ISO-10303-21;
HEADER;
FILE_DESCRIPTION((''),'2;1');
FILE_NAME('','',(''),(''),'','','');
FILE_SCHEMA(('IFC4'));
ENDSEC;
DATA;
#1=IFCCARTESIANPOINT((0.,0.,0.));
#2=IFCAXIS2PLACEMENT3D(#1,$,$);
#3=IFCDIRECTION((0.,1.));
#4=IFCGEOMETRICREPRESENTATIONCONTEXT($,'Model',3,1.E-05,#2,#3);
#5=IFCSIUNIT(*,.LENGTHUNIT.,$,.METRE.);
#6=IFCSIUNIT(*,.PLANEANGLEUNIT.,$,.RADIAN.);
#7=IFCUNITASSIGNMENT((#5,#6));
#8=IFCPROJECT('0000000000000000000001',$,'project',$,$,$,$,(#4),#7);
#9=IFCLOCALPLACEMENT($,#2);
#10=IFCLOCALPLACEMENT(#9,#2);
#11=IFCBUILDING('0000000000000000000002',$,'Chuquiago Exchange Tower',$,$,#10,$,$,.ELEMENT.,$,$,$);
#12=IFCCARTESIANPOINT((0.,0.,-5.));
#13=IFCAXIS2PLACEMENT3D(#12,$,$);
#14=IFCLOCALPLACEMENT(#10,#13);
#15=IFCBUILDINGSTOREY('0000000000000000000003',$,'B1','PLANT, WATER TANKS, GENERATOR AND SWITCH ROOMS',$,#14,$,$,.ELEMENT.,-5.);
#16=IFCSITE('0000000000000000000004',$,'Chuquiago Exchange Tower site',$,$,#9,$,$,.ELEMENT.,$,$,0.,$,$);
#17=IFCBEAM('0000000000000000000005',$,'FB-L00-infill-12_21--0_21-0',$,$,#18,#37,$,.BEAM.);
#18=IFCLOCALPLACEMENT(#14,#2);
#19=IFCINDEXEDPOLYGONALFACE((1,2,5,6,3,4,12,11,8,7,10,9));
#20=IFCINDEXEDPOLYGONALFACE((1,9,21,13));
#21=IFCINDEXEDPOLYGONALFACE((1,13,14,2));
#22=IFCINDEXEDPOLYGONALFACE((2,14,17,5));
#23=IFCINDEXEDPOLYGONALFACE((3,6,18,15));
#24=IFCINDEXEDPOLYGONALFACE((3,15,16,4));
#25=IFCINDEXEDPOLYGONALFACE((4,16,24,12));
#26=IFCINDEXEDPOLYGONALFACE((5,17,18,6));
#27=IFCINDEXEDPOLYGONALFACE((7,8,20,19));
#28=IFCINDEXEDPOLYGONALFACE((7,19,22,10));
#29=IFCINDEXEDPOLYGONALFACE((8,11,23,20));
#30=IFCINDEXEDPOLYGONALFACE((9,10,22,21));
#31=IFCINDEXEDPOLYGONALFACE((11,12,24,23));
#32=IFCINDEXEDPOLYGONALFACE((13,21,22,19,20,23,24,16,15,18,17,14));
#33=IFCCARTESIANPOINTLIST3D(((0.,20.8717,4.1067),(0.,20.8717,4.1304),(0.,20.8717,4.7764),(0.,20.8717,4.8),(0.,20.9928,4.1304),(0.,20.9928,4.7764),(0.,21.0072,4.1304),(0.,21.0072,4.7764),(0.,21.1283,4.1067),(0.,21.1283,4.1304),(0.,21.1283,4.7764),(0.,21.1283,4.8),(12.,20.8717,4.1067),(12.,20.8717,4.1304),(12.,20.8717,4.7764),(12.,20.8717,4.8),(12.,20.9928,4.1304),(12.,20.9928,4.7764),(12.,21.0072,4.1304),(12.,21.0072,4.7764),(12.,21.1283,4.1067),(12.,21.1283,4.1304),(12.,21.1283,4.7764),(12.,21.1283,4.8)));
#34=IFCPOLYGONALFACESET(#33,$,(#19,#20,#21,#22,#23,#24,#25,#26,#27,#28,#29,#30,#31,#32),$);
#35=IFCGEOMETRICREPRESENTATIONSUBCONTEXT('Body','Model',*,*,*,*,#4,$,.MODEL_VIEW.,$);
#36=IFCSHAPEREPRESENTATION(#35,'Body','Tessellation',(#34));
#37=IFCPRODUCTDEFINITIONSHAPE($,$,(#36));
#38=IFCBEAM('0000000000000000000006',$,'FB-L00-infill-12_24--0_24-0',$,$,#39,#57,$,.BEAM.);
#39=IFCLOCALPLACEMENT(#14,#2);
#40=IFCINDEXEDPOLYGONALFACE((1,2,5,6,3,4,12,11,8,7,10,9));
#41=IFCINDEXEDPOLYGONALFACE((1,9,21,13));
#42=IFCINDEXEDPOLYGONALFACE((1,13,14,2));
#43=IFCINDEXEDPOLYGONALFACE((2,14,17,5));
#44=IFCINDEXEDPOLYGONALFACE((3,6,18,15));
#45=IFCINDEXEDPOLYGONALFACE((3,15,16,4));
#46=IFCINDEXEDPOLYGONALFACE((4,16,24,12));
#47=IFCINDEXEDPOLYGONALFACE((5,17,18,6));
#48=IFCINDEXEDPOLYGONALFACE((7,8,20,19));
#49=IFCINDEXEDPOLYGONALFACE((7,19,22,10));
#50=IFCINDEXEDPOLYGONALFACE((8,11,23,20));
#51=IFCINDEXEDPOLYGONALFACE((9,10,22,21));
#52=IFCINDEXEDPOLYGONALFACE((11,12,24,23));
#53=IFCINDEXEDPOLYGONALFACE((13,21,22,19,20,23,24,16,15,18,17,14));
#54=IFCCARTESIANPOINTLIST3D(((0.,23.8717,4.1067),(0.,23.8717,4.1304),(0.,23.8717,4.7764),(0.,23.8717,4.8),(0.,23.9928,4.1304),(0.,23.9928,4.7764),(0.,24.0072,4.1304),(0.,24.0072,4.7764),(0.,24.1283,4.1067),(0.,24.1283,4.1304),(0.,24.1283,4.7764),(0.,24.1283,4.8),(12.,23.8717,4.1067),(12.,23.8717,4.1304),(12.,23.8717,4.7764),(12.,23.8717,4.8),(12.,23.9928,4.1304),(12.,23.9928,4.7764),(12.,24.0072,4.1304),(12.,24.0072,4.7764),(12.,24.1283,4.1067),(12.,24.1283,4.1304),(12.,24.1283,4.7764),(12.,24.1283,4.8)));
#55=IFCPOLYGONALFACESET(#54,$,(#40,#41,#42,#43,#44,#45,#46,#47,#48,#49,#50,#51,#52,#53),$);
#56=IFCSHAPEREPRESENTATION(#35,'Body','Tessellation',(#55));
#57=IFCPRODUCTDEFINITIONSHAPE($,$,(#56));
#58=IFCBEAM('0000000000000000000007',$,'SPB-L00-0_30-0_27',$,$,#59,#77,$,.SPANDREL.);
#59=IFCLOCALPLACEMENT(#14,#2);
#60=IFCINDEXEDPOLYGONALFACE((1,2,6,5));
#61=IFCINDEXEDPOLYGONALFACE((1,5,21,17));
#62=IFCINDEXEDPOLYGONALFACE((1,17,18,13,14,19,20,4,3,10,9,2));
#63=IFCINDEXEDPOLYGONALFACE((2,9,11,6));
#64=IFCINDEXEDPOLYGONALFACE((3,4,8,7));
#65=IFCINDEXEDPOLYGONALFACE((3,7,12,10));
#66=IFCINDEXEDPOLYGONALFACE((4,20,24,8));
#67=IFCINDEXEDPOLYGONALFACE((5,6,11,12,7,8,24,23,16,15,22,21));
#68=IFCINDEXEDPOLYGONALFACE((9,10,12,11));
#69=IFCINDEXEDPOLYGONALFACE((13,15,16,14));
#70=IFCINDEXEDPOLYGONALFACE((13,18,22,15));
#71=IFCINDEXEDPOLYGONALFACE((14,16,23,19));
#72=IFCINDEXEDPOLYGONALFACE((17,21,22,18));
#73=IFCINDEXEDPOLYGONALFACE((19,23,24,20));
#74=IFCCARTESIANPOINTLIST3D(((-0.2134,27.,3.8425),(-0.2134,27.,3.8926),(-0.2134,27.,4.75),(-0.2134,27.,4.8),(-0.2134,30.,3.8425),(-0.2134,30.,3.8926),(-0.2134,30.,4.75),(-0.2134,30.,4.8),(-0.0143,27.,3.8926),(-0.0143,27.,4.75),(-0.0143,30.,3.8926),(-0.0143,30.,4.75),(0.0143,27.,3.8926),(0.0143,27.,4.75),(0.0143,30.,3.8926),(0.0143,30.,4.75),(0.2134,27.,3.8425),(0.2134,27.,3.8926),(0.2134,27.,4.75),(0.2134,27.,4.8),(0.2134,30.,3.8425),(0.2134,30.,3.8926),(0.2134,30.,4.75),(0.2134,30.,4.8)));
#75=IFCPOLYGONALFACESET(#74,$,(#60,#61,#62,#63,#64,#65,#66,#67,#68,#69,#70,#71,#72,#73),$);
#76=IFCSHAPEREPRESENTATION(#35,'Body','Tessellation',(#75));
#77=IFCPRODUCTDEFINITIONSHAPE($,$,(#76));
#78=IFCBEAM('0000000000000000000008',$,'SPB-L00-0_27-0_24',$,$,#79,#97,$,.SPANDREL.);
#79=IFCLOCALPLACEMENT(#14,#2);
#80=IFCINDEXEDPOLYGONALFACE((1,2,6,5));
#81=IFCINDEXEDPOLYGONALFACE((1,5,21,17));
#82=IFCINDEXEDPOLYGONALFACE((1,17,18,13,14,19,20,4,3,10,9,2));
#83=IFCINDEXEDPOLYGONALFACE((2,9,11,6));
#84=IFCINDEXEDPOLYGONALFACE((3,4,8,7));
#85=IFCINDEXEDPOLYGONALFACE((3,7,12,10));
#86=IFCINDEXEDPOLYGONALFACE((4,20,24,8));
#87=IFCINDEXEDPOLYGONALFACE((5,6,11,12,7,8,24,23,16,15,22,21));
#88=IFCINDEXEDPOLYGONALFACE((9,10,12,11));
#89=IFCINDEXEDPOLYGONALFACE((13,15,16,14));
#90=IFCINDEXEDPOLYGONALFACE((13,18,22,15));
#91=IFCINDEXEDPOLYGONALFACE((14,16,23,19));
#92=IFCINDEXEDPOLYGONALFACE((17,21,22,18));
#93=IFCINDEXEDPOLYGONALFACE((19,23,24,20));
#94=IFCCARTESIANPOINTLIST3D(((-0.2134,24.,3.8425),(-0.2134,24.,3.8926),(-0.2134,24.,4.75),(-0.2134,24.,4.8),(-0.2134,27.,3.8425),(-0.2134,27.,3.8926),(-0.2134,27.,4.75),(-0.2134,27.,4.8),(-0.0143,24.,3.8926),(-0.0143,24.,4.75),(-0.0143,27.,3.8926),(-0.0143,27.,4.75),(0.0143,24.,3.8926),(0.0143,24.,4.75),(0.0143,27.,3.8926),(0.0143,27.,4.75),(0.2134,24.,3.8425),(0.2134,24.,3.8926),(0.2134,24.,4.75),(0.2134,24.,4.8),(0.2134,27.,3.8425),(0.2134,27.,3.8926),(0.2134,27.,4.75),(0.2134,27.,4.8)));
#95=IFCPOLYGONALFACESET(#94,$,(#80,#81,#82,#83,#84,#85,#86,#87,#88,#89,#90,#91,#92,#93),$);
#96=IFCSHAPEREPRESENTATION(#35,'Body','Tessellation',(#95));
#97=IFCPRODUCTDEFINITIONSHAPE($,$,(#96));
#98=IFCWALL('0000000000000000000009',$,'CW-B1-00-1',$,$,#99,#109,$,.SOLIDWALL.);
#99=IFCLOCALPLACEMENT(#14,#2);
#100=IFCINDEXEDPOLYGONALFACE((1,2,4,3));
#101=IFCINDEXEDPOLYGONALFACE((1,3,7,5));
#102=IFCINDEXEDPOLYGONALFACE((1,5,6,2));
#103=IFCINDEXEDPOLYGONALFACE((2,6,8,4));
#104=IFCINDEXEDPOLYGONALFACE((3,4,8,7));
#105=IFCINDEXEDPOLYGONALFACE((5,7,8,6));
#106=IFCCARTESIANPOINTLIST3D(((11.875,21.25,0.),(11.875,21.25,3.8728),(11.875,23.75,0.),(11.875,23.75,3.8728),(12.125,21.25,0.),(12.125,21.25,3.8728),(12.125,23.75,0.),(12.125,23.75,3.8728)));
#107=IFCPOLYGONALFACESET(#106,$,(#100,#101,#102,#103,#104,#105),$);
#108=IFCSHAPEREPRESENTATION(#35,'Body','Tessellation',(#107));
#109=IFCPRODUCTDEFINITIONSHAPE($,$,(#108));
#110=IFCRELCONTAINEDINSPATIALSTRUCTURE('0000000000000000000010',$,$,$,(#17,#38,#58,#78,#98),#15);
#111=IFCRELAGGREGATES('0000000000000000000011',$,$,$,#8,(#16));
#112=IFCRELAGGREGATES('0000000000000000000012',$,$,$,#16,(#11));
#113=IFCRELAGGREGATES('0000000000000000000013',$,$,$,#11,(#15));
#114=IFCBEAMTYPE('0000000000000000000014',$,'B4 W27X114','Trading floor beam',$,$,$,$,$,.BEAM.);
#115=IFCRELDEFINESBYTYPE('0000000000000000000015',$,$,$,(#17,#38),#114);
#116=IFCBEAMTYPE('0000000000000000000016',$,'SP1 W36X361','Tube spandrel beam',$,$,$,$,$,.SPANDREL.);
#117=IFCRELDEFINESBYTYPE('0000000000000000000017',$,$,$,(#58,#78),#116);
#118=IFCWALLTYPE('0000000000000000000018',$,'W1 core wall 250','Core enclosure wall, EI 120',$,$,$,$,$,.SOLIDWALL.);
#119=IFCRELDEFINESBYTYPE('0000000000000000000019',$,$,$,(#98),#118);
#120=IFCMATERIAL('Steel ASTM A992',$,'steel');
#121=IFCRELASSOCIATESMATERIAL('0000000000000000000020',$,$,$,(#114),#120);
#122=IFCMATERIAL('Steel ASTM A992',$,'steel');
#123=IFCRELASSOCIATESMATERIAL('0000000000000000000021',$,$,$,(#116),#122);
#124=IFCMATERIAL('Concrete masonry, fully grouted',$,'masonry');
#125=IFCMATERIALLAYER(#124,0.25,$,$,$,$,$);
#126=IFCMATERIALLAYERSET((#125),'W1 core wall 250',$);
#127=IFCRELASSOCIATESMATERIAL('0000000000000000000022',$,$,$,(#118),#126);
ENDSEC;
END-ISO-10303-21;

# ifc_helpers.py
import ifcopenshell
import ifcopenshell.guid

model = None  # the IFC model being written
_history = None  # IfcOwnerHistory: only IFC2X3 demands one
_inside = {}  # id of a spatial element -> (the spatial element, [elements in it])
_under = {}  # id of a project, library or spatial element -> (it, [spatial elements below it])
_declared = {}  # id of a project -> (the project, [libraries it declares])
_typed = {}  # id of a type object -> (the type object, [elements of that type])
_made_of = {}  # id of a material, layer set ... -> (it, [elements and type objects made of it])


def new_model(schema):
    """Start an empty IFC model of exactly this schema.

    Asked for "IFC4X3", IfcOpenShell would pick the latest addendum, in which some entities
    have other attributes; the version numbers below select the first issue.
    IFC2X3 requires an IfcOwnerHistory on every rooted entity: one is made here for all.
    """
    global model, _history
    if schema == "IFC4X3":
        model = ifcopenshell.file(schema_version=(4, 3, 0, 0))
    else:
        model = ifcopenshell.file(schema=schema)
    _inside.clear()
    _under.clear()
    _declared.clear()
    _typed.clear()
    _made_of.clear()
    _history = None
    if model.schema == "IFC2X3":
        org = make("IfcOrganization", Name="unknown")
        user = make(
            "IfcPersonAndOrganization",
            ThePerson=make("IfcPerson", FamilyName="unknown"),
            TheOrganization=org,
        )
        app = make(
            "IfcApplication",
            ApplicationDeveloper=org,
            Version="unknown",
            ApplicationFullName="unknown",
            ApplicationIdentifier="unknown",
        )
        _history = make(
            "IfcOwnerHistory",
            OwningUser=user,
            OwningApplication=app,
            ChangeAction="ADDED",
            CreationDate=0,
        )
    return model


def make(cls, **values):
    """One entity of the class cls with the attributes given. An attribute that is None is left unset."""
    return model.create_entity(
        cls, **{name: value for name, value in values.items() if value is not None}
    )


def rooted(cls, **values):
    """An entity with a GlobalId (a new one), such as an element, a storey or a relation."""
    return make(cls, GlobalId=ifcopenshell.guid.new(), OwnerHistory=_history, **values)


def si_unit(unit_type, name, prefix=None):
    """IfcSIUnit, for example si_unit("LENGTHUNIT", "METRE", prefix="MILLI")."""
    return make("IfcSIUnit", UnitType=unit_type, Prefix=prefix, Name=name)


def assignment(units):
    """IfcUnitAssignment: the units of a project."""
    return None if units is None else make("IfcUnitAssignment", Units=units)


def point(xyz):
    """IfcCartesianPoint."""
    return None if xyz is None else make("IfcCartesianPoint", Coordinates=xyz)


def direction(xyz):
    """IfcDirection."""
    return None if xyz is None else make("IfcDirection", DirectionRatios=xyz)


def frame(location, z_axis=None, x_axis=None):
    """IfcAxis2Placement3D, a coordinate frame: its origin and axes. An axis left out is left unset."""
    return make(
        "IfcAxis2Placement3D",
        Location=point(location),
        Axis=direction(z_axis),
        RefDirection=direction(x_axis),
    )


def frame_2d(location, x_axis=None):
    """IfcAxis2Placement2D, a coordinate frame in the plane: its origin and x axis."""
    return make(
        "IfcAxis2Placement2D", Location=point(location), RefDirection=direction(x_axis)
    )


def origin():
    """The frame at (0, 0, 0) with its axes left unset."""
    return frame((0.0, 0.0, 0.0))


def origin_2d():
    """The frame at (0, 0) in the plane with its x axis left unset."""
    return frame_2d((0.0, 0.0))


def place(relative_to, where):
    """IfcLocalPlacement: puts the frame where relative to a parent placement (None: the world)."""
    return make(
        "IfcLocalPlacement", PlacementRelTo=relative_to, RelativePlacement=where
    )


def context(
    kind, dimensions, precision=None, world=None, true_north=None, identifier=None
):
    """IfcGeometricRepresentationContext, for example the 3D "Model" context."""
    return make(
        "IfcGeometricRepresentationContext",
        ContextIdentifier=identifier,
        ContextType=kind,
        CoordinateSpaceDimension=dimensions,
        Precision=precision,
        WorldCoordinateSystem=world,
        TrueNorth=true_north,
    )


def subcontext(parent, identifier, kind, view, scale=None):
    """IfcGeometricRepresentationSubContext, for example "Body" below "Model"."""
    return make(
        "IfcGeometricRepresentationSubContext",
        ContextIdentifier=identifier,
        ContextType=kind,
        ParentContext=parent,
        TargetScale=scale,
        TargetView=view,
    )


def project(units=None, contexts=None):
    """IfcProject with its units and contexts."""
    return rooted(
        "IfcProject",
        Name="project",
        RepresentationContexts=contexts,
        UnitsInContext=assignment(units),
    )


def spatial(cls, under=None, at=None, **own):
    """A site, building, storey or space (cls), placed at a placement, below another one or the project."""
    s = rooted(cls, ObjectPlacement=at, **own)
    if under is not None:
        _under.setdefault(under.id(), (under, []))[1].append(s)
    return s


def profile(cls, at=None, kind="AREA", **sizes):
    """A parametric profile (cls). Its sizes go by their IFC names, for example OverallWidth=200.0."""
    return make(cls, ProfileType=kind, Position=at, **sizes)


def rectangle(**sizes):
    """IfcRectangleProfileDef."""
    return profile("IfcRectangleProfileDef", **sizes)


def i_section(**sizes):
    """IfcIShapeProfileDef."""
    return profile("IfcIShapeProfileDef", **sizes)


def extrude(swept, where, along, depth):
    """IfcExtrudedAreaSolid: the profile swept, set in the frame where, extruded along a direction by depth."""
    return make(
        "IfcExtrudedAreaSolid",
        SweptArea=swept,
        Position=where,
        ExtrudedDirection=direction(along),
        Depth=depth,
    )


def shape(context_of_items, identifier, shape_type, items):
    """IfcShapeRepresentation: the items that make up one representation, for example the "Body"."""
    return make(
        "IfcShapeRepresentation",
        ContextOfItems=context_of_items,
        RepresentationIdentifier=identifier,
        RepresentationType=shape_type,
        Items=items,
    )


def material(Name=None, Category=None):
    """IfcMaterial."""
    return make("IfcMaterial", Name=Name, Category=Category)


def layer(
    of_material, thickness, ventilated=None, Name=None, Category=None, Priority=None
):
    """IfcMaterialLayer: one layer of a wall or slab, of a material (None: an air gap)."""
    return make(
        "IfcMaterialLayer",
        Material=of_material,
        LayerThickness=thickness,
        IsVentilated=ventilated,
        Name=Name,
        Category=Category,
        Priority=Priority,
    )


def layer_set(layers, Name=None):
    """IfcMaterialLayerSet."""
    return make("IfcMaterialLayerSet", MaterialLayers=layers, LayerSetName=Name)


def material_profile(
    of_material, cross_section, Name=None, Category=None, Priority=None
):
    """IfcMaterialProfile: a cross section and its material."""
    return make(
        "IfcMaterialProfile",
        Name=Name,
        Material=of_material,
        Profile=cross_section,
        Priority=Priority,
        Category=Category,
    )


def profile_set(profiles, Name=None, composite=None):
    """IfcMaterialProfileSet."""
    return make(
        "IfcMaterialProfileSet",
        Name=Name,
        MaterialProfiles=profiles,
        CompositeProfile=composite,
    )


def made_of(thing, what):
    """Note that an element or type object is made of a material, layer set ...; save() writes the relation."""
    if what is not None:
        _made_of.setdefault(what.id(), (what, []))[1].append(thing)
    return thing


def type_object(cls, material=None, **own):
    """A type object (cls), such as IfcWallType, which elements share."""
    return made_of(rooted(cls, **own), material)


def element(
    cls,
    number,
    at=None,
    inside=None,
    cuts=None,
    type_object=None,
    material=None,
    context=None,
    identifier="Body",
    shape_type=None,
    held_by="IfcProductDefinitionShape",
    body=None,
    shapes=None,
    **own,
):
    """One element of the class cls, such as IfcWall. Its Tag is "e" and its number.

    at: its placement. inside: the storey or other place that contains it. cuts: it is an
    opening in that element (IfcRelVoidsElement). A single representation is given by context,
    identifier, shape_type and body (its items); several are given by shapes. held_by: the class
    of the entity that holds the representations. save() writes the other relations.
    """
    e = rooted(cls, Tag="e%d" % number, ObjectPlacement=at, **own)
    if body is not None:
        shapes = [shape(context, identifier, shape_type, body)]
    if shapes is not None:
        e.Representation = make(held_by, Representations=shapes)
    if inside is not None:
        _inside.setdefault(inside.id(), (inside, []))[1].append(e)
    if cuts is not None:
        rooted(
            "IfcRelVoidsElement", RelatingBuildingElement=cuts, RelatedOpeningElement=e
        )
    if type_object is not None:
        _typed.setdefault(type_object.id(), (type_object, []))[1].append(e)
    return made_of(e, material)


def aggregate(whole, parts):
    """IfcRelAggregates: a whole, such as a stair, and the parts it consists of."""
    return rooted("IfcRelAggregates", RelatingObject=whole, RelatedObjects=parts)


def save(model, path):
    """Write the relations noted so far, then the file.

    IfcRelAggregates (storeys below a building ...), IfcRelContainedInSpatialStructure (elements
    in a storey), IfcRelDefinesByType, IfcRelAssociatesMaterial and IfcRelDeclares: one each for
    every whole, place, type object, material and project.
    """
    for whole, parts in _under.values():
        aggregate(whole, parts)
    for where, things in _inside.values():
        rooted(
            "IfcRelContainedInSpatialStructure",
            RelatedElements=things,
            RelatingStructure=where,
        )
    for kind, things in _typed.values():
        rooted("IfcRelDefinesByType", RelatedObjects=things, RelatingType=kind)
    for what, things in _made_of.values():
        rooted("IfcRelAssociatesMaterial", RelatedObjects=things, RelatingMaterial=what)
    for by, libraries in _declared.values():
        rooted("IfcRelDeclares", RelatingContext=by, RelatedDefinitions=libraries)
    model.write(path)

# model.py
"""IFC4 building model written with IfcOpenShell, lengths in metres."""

from ifc_helpers import new_model, si_unit, direction, frame, frame_2d, origin, origin_2d, place, context, subcontext, project, spatial, rectangle, i_section, extrude, material, layer, layer_set, material_profile, profile_set, type_object, element, save


model = new_model("IFC4")

# Units and contexts
model_context = context("Model", 3, precision=1e-05, world=origin(), true_north=direction((0.0, 1.0)))
body_context = subcontext(model_context, "Body", "Model", "MODEL_VIEW")
ifc_project = project(units=[si_unit("LENGTHUNIT", "METRE"), si_unit("PLANEANGLEUNIT", "RADIAN")], contexts=[model_context])

# Site, building, storey
site_placement = place(None, origin())
site = spatial("IfcSite", under=ifc_project, at=site_placement, Name="Chuquiago Exchange Tower site", CompositionType="ELEMENT", RefElevation=0.0)
building_placement = place(site_placement, origin())
building = spatial("IfcBuilding", under=site, at=building_placement, Name="Chuquiago Exchange Tower", CompositionType="ELEMENT")
storey_placement = place(building_placement, frame((0.0, 0.0, -5.0)))
storey = spatial("IfcBuildingStorey", under=building, at=storey_placement, Name="B1", Description="PLANT, WATER TANKS, GENERATOR AND SWITCH ROOMS", CompositionType="ELEMENT", Elevation=-5.0)

# Beams
ifc_material_1 = material(Name="Steel ASTM A992", Category="steel")
ifc_material_profile_1 = material_profile(ifc_material_1, i_section(OverallWidth=0.2566, OverallDepth=0.6934, WebThickness=0.0144, FlangeThickness=0.0237, at=origin_2d()), Name="W27X114")
ifc_profile_set_1 = profile_set([ifc_material_profile_1], Name="Steel ASTM A992")
beam_type_1 = type_object("IfcBeamType", Name="B4 W27X114", Description="Trading floor beam", PredefinedType="BEAM", material=ifc_profile_set_1)
for number, where, z_axis, x_axis, name in (
    (1, (12.0, 21.0, 4.4534), (-1.0, 0.0, 0.0), (0.0, -1.0, 0.0), "FB-L00-infill-12_21--0_21-0"),
    (2, (12.0, 24.0, 4.4534), (-1.0, 0.0, 0.0), (0.0, -1.0, 0.0), "FB-L00-infill-12_24--0_24-0"),
):
    element("IfcBeam", number, at=place(storey_placement, frame(where, z_axis=z_axis, x_axis=x_axis)), inside=storey, type_object=beam_type_1, Name=name, PredefinedType="BEAM", context=body_context, shape_type="SweptSolid", body=[
        extrude(i_section(OverallWidth=0.2566, OverallDepth=0.6934, WebThickness=0.0144, FlangeThickness=0.0237, at=origin_2d()), origin(), (0.0, 0.0, 1.0), 12.0),
    ])
ifc_material_2 = material(Name="Steel ASTM A992", Category="steel")
ifc_material_profile_2 = material_profile(ifc_material_2, i_section(OverallWidth=0.4268, OverallDepth=0.9575, WebThickness=0.0286, FlangeThickness=0.05, at=origin_2d()), Name="W36X361")
ifc_profile_set_2 = profile_set([ifc_material_profile_2], Name="Steel ASTM A992")
beam_type_2 = type_object("IfcBeamType", Name="SP1 W36X361", Description="Tube spandrel beam", PredefinedType="SPANDREL", material=ifc_profile_set_2)
for number, where, z_axis, x_axis, name in (
    (3, (0.0, 30.0, 4.3213), (0.0, -1.0, 0.0), (1.0, 0.0, 0.0), "SPB-L00-0_30-0_27"),
    (4, (0.0, 27.0, 4.3213), (0.0, -1.0, 0.0), (1.0, 0.0, 0.0), "SPB-L00-0_27-0_24"),
):
    element("IfcBeam", number, at=place(storey_placement, frame(where, z_axis=z_axis, x_axis=x_axis)), inside=storey, type_object=beam_type_2, Name=name, PredefinedType="SPANDREL", context=body_context, shape_type="SweptSolid", body=[
        extrude(i_section(OverallWidth=0.4268, OverallDepth=0.9575, WebThickness=0.0286, FlangeThickness=0.05, at=origin_2d()), origin(), (0.0, 0.0, 1.0), 3.0),
    ])

# Wall
ifc_material_3 = material(Name="Concrete masonry, fully grouted", Category="masonry")
ifc_layer = layer(ifc_material_3, 0.25)
ifc_layer_set = layer_set([ifc_layer], Name="W1 core wall 250")
wall_type = type_object("IfcWallType", Name="W1 core wall 250", Description="Core enclosure wall, EI 120", PredefinedType="SOLIDWALL", material=ifc_layer_set)
wall_placement = place(storey_placement, frame((12.0, 21.25, 0.0), z_axis=(0.0, 0.0, 1.0), x_axis=(0.0, 1.0, 0.0)))
element("IfcWall", 5, at=wall_placement, inside=storey, type_object=wall_type, Name="CW-B1-00-1", PredefinedType="SOLIDWALL", context=body_context, shape_type="SweptSolid", body=[
    extrude(rectangle(XDim=2.5, YDim=0.25, at=frame_2d((1.25, 0.0))), origin(), (0.0, 0.0, 1.0), 3.8728),
])

save(model, "model.ifc")
